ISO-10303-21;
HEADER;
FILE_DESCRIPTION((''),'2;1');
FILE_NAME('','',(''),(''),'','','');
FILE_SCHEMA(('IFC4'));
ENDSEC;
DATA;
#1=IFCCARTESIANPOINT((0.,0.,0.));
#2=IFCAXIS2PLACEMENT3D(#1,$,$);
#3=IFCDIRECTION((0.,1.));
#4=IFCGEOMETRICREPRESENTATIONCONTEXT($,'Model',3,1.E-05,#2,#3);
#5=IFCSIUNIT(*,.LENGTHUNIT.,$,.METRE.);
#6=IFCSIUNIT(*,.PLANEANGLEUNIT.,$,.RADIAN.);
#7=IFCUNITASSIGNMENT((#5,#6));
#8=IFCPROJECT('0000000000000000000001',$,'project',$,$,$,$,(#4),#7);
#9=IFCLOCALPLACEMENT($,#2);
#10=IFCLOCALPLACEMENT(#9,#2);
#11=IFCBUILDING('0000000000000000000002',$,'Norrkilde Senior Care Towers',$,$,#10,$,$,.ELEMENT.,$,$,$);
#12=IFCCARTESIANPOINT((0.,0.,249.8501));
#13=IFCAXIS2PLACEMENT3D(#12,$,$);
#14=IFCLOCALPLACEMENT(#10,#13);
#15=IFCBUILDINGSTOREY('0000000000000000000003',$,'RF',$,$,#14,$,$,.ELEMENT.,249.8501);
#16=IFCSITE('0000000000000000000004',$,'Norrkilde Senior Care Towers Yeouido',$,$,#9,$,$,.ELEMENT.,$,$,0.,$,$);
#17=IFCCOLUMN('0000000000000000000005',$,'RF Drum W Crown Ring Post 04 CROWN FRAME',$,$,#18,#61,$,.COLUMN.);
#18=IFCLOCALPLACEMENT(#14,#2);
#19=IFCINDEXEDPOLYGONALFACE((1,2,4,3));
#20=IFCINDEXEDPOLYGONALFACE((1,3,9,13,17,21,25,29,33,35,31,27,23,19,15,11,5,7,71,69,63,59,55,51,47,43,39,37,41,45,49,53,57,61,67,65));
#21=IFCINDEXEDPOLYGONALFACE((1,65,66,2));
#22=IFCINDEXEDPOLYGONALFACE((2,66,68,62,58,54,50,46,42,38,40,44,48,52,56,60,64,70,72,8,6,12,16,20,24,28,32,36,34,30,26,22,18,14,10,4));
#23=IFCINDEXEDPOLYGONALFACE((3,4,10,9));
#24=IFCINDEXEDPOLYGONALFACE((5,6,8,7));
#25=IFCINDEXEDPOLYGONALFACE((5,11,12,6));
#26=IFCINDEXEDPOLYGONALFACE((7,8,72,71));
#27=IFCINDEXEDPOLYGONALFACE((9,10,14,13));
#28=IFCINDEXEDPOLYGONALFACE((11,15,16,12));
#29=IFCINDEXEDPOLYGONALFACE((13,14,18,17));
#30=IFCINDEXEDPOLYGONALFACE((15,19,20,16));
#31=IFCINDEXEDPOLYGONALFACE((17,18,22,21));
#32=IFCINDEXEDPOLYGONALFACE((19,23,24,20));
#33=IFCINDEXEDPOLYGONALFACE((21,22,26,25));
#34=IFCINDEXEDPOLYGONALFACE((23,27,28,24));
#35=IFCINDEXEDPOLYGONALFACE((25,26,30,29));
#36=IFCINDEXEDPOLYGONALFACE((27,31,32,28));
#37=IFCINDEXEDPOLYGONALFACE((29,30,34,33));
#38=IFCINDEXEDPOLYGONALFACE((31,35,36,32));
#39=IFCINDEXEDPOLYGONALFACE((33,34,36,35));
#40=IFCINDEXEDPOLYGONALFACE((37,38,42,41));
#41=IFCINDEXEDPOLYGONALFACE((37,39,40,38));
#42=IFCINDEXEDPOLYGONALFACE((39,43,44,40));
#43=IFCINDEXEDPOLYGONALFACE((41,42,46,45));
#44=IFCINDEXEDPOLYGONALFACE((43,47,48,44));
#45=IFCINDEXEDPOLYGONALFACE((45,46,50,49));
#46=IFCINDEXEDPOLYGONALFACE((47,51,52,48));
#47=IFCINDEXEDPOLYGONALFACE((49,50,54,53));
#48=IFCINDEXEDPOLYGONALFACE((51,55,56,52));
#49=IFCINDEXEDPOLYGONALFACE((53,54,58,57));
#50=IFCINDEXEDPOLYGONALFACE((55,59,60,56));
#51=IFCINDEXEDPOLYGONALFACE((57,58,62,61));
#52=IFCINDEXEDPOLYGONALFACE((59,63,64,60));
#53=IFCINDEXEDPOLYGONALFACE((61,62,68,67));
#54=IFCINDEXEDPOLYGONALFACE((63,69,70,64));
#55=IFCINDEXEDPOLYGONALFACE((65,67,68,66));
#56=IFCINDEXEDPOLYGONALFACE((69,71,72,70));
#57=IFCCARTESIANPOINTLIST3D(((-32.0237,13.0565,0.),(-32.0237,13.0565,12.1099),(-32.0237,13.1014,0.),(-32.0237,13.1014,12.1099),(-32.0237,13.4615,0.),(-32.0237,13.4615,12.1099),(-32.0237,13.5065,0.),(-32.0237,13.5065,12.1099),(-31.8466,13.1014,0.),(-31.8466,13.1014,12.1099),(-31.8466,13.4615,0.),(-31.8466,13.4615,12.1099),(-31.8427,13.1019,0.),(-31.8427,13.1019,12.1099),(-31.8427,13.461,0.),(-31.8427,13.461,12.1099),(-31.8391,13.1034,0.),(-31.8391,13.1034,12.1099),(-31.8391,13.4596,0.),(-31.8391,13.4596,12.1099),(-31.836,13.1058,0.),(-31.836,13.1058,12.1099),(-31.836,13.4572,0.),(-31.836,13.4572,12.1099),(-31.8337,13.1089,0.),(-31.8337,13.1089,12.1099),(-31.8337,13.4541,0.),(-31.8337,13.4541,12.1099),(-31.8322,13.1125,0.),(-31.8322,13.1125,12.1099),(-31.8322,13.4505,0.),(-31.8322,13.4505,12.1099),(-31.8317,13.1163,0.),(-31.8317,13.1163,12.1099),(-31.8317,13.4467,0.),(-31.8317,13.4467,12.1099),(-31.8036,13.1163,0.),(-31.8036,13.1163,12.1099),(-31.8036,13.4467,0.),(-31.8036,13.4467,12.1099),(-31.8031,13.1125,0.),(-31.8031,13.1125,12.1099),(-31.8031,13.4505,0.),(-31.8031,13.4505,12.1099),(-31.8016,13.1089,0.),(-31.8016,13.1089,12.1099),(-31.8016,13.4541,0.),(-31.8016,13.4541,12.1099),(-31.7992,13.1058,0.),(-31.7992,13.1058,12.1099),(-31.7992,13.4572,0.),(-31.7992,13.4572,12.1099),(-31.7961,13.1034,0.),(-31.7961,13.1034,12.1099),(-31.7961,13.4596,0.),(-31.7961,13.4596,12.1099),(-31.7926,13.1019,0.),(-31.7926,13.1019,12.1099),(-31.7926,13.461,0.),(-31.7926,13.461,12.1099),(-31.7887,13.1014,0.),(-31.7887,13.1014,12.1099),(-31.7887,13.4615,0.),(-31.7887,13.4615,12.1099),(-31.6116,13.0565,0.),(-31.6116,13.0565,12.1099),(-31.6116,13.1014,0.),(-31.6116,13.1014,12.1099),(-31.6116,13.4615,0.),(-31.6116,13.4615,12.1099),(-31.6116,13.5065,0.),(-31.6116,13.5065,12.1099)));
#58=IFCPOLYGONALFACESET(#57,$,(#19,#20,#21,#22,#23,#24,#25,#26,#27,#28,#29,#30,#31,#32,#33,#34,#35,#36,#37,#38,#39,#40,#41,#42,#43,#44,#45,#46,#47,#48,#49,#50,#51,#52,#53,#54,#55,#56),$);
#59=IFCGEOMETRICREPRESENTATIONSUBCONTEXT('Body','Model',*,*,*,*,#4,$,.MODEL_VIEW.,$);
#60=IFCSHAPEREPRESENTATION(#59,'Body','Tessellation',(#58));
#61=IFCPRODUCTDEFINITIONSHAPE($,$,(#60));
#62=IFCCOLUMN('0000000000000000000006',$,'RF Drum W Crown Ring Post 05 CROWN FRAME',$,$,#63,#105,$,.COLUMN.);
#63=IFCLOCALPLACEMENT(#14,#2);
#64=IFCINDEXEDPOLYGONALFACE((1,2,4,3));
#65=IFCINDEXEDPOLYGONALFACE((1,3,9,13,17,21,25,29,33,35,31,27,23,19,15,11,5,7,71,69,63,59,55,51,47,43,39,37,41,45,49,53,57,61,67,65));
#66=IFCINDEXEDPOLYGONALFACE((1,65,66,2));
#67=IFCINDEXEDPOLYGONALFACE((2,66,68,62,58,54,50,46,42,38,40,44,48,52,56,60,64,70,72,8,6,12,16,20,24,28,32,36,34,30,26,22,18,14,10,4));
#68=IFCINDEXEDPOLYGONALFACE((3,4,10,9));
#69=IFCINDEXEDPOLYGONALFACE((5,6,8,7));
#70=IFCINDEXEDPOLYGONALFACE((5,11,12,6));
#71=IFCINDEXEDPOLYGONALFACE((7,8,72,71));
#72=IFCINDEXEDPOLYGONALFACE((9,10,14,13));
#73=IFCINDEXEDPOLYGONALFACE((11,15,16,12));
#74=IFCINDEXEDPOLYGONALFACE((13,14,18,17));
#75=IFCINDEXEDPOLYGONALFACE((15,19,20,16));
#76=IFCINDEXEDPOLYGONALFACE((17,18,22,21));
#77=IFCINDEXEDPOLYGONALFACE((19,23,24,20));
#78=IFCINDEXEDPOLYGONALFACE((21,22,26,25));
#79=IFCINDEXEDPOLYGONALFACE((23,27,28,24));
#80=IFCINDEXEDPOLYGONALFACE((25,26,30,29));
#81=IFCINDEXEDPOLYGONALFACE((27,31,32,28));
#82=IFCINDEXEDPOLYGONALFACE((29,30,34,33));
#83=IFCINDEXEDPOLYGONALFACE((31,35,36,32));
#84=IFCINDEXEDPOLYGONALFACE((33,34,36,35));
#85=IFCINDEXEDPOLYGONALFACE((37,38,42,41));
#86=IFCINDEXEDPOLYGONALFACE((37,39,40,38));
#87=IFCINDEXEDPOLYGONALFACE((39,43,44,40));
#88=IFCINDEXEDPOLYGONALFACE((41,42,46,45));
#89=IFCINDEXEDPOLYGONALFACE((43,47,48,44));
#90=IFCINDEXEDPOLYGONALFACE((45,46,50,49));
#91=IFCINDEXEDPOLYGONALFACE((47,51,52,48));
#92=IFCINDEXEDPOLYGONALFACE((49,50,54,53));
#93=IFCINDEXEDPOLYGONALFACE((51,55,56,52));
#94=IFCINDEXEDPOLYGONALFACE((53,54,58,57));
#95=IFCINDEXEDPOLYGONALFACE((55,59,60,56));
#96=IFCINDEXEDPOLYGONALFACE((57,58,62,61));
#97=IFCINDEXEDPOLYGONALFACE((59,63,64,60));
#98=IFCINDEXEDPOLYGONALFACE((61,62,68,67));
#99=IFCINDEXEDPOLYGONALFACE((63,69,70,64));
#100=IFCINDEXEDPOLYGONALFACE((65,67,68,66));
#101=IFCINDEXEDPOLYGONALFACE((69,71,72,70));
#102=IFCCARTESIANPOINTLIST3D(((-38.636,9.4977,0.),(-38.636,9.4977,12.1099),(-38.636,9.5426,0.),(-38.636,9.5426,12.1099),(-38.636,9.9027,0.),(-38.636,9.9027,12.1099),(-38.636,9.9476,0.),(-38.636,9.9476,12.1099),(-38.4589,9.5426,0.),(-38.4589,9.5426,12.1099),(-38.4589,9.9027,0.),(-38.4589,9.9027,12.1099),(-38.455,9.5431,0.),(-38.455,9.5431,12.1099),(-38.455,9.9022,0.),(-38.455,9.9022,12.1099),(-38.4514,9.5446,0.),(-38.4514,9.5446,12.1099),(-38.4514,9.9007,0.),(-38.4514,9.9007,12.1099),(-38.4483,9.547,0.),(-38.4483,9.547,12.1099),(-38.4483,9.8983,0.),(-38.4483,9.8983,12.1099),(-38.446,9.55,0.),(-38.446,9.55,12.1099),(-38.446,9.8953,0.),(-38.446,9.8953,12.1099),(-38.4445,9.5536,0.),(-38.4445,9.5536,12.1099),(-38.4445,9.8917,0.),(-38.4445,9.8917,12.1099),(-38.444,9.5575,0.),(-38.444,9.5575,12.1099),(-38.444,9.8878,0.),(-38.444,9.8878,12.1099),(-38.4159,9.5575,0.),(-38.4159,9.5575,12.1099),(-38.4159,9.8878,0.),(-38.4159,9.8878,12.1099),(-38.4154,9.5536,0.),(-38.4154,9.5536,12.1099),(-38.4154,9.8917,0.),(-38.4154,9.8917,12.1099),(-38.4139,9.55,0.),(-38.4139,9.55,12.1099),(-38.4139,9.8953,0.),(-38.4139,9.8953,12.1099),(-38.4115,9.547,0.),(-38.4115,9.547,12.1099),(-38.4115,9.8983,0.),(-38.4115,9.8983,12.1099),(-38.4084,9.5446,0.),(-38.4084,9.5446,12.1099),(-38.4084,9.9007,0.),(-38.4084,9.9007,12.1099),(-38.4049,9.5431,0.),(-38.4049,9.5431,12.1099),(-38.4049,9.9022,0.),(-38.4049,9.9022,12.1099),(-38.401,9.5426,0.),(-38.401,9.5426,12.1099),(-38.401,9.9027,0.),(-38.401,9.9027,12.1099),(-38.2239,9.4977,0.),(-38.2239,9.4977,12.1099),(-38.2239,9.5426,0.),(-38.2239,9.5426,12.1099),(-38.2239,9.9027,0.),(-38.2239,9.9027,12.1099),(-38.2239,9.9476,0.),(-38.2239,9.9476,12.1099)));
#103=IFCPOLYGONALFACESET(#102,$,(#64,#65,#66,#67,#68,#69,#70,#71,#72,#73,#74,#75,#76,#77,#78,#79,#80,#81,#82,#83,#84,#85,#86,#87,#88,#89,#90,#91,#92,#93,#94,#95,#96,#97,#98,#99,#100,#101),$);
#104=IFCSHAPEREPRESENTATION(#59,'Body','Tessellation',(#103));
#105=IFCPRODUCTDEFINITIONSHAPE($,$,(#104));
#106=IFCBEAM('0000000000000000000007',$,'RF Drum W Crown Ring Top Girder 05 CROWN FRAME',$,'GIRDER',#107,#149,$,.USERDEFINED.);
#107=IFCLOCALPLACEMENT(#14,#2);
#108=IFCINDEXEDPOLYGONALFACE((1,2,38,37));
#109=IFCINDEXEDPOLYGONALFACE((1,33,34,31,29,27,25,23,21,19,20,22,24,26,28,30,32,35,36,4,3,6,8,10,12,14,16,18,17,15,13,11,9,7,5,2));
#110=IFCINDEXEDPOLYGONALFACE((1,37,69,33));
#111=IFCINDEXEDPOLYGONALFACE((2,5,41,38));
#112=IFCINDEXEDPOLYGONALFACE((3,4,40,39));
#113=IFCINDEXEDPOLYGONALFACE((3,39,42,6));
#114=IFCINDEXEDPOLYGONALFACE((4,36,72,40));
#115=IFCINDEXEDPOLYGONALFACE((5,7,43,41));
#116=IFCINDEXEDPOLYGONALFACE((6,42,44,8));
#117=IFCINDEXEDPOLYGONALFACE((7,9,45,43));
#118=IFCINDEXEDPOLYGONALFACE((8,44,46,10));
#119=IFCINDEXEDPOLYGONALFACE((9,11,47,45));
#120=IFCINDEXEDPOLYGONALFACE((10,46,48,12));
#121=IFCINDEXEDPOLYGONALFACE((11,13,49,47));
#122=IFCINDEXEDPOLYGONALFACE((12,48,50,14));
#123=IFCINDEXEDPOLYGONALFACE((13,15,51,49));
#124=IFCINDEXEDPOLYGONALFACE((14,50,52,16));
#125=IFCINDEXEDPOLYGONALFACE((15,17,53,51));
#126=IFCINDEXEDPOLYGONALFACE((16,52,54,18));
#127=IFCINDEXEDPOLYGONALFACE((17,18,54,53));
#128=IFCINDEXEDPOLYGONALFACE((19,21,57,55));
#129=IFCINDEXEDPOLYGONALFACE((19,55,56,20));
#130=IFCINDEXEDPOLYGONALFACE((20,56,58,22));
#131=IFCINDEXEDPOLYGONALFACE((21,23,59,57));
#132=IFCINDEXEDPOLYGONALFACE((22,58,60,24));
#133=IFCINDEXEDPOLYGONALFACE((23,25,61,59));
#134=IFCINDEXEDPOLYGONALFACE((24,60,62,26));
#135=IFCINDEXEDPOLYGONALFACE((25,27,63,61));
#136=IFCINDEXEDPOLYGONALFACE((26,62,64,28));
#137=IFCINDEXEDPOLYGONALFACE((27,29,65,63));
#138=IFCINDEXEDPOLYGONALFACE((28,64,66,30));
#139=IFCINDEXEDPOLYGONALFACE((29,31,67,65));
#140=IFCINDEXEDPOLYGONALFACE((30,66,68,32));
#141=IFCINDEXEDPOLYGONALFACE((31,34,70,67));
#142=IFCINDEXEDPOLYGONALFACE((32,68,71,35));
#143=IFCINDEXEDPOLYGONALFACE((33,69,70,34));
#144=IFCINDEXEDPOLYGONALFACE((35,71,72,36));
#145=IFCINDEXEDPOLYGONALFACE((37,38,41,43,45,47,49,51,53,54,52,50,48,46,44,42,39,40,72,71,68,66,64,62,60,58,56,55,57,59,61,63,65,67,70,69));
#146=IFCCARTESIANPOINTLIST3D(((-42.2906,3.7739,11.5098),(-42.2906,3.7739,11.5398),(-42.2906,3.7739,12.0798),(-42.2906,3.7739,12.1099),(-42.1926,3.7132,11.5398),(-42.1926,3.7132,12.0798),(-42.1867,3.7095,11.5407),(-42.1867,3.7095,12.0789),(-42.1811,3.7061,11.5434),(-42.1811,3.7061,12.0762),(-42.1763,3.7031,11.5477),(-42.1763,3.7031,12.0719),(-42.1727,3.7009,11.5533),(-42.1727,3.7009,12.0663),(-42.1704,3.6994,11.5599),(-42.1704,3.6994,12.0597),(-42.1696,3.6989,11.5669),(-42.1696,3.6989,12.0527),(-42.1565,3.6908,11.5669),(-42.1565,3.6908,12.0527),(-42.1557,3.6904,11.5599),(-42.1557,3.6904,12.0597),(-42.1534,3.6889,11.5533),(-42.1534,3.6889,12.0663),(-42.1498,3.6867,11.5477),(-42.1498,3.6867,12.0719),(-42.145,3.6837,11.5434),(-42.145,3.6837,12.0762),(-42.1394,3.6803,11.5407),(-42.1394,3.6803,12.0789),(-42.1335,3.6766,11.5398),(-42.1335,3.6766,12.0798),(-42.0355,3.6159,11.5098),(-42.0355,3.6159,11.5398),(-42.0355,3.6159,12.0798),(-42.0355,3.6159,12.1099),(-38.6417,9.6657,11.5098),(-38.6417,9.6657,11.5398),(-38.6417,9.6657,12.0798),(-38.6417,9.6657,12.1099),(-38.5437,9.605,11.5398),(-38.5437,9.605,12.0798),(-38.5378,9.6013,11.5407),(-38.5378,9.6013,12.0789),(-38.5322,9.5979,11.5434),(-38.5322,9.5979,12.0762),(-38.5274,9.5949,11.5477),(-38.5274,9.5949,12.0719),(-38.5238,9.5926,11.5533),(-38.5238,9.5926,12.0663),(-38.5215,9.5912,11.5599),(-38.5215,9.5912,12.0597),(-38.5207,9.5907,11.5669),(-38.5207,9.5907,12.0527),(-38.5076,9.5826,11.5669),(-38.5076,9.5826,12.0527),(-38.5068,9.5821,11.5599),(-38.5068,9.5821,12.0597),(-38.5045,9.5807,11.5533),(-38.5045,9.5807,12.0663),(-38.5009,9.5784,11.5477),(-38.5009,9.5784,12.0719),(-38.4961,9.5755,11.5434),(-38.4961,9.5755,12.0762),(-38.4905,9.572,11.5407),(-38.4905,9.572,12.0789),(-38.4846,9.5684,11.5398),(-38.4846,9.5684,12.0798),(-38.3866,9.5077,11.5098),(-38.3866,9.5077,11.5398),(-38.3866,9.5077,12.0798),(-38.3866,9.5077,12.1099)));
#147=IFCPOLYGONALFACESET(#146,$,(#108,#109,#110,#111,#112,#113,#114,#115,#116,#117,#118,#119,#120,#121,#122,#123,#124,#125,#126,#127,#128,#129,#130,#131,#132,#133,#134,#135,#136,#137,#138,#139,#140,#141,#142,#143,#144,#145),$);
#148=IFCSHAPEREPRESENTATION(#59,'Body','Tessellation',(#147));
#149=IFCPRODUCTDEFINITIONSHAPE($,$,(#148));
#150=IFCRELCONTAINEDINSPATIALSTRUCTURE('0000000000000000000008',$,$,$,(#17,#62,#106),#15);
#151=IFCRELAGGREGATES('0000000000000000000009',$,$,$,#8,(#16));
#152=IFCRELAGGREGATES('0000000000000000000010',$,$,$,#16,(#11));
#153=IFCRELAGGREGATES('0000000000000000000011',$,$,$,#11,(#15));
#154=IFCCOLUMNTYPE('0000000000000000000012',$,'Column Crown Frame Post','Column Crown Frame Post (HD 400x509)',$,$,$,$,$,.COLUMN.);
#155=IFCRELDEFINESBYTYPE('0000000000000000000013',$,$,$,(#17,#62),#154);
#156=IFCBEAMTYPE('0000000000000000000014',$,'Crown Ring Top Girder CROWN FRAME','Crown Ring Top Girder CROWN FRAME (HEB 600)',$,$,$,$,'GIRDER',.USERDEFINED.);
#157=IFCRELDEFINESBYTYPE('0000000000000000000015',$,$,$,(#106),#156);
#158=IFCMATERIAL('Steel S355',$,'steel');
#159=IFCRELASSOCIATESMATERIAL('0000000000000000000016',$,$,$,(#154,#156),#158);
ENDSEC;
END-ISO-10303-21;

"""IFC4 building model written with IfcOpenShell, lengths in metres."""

from ifc_helpers import new_model, si_unit, direction, frame, origin, origin_2d, place, context, subcontext, project, spatial, i_section, extrude, source, transform, mapped, material, material_profile, profile_set, type_object, type_shapes, element, save


model = new_model("IFC4")

# Units and contexts
model_context = context("Model", 3, precision=1e-05, world=origin(), true_north=direction((0.0, 1.0)))
body_context = subcontext(model_context, "Body", "Model", "MODEL_VIEW")
ifc_project = project(units=[si_unit("LENGTHUNIT", "METRE"), si_unit("PLANEANGLEUNIT", "RADIAN")], contexts=[model_context])

# Site, building, storey
site_placement = place(None, origin())
site = spatial("IfcSite", under=ifc_project, at=site_placement, Name="Norrkilde Senior Care Towers Yeouido", CompositionType="ELEMENT", RefElevation=0.0)
building_placement = place(site_placement, origin())
building = spatial("IfcBuilding", under=site, at=building_placement, Name="Norrkilde Senior Care Towers", CompositionType="ELEMENT")
storey_placement = place(building_placement, frame((0.0, 0.0, 249.8501)))
storey = spatial("IfcBuildingStorey", under=building, at=storey_placement, Name="RF", CompositionType="ELEMENT", Elevation=249.8501)

# Columns
ifc_material_1 = material(Name="Steel S355", Category="steel")
ifc_material_profile_1 = material_profile(ifc_material_1, i_section(OverallWidth=0.4121, OverallDepth=0.45, WebThickness=0.0281, FlangeThickness=0.0449, FilletRadius=0.0149, at=origin_2d()), Name="HD 400x509")
ifc_profile_set_1 = profile_set([ifc_material_profile_1], Name="Steel S355")
column_type = type_object("IfcColumnType", Name="Column Crown Frame Post", Description="Column Crown Frame Post (HD 400x509)", PredefinedType="COLUMN", material=ifc_profile_set_1)
shared_shape_1 = source(origin(), body_context, "Body", "SweptSolid", [
    extrude(i_section(OverallWidth=0.4121, OverallDepth=0.45, WebThickness=0.0281, FlangeThickness=0.0449, FilletRadius=0.0149, at=origin_2d()), origin(), (0.0, 0.0, 1.0), 12.1099),
])
type_shapes(column_type, [shared_shape_1])
for number, where, z_axis, x_axis, name in (
    (1, (-31.8176, 13.2815, 0.0), (0.0, 0.0, 1.0), (1.0, 0.0, 0.0), "RF Drum W Crown Ring Post 04 CROWN FRAME"),
    (2, (-38.4299, 9.7227, 0.0), (0.0, 0.0, 1.0), (1.0, 0.0, 0.0), "RF Drum W Crown Ring Post 05 CROWN FRAME"),
):
    element("IfcColumn", number, at=place(storey_placement, frame(where, z_axis=z_axis, x_axis=x_axis)), inside=storey, type_object=column_type, Name=name, PredefinedType="COLUMN", context=body_context, shape_type="MappedRepresentation", body=[
        mapped(shared_shape_1, transform((0.0, 0.0, 0.0), x_axis=(1.0, 0.0, 0.0), y_axis=(0.0, 1.0, 0.0), z_axis=(0.0, 0.0, 1.0), scale=1.0)),
    ])

# Beam
ifc_material_profile_2 = material_profile(ifc_material_1, i_section(OverallWidth=0.3, OverallDepth=0.6001, WebThickness=0.0154, FlangeThickness=0.03, FilletRadius=0.0271, at=origin_2d()), Name="HEB 600")
ifc_profile_set_2 = profile_set([ifc_material_profile_2], Name="Steel S355")
beam_type_1 = type_object("IfcBeamType", Name="Crown Ring Top Girder CROWN FRAME", Description="Crown Ring Top Girder CROWN FRAME (HEB 600)", ElementType="GIRDER", PredefinedType="USERDEFINED", material=ifc_profile_set_2)
shared_shape_2 = source(origin(), body_context, "Body", "SweptSolid", [
    extrude(i_section(OverallWidth=0.3, OverallDepth=0.6001, WebThickness=0.0154, FlangeThickness=0.03, FilletRadius=0.0271, at=origin_2d()), origin(), (0.0, 0.0, 1.0), 6.9302),
])
beam_1_placement = place(storey_placement, frame((-38.5142, 9.5867, 11.8098), z_axis=(-0.526521, -0.850162, 0.0), x_axis=(0.850162, -0.526521, 0.0)))
element("IfcBeam", 3, at=beam_1_placement, inside=storey, type_object=beam_type_1, Name="RF Drum W Crown Ring Top Girder 05 CROWN FRAME", ObjectType="GIRDER", PredefinedType="USERDEFINED", context=body_context, shape_type="MappedRepresentation", body=[
    mapped(shared_shape_2, transform((0.0, 0.0, 0.0), x_axis=(1.0, 0.0, 0.0), y_axis=(0.0, 1.0, 0.0), z_axis=(0.0, 0.0, 1.0), scale=1.0)),
])

save(model, "model.ifc")
